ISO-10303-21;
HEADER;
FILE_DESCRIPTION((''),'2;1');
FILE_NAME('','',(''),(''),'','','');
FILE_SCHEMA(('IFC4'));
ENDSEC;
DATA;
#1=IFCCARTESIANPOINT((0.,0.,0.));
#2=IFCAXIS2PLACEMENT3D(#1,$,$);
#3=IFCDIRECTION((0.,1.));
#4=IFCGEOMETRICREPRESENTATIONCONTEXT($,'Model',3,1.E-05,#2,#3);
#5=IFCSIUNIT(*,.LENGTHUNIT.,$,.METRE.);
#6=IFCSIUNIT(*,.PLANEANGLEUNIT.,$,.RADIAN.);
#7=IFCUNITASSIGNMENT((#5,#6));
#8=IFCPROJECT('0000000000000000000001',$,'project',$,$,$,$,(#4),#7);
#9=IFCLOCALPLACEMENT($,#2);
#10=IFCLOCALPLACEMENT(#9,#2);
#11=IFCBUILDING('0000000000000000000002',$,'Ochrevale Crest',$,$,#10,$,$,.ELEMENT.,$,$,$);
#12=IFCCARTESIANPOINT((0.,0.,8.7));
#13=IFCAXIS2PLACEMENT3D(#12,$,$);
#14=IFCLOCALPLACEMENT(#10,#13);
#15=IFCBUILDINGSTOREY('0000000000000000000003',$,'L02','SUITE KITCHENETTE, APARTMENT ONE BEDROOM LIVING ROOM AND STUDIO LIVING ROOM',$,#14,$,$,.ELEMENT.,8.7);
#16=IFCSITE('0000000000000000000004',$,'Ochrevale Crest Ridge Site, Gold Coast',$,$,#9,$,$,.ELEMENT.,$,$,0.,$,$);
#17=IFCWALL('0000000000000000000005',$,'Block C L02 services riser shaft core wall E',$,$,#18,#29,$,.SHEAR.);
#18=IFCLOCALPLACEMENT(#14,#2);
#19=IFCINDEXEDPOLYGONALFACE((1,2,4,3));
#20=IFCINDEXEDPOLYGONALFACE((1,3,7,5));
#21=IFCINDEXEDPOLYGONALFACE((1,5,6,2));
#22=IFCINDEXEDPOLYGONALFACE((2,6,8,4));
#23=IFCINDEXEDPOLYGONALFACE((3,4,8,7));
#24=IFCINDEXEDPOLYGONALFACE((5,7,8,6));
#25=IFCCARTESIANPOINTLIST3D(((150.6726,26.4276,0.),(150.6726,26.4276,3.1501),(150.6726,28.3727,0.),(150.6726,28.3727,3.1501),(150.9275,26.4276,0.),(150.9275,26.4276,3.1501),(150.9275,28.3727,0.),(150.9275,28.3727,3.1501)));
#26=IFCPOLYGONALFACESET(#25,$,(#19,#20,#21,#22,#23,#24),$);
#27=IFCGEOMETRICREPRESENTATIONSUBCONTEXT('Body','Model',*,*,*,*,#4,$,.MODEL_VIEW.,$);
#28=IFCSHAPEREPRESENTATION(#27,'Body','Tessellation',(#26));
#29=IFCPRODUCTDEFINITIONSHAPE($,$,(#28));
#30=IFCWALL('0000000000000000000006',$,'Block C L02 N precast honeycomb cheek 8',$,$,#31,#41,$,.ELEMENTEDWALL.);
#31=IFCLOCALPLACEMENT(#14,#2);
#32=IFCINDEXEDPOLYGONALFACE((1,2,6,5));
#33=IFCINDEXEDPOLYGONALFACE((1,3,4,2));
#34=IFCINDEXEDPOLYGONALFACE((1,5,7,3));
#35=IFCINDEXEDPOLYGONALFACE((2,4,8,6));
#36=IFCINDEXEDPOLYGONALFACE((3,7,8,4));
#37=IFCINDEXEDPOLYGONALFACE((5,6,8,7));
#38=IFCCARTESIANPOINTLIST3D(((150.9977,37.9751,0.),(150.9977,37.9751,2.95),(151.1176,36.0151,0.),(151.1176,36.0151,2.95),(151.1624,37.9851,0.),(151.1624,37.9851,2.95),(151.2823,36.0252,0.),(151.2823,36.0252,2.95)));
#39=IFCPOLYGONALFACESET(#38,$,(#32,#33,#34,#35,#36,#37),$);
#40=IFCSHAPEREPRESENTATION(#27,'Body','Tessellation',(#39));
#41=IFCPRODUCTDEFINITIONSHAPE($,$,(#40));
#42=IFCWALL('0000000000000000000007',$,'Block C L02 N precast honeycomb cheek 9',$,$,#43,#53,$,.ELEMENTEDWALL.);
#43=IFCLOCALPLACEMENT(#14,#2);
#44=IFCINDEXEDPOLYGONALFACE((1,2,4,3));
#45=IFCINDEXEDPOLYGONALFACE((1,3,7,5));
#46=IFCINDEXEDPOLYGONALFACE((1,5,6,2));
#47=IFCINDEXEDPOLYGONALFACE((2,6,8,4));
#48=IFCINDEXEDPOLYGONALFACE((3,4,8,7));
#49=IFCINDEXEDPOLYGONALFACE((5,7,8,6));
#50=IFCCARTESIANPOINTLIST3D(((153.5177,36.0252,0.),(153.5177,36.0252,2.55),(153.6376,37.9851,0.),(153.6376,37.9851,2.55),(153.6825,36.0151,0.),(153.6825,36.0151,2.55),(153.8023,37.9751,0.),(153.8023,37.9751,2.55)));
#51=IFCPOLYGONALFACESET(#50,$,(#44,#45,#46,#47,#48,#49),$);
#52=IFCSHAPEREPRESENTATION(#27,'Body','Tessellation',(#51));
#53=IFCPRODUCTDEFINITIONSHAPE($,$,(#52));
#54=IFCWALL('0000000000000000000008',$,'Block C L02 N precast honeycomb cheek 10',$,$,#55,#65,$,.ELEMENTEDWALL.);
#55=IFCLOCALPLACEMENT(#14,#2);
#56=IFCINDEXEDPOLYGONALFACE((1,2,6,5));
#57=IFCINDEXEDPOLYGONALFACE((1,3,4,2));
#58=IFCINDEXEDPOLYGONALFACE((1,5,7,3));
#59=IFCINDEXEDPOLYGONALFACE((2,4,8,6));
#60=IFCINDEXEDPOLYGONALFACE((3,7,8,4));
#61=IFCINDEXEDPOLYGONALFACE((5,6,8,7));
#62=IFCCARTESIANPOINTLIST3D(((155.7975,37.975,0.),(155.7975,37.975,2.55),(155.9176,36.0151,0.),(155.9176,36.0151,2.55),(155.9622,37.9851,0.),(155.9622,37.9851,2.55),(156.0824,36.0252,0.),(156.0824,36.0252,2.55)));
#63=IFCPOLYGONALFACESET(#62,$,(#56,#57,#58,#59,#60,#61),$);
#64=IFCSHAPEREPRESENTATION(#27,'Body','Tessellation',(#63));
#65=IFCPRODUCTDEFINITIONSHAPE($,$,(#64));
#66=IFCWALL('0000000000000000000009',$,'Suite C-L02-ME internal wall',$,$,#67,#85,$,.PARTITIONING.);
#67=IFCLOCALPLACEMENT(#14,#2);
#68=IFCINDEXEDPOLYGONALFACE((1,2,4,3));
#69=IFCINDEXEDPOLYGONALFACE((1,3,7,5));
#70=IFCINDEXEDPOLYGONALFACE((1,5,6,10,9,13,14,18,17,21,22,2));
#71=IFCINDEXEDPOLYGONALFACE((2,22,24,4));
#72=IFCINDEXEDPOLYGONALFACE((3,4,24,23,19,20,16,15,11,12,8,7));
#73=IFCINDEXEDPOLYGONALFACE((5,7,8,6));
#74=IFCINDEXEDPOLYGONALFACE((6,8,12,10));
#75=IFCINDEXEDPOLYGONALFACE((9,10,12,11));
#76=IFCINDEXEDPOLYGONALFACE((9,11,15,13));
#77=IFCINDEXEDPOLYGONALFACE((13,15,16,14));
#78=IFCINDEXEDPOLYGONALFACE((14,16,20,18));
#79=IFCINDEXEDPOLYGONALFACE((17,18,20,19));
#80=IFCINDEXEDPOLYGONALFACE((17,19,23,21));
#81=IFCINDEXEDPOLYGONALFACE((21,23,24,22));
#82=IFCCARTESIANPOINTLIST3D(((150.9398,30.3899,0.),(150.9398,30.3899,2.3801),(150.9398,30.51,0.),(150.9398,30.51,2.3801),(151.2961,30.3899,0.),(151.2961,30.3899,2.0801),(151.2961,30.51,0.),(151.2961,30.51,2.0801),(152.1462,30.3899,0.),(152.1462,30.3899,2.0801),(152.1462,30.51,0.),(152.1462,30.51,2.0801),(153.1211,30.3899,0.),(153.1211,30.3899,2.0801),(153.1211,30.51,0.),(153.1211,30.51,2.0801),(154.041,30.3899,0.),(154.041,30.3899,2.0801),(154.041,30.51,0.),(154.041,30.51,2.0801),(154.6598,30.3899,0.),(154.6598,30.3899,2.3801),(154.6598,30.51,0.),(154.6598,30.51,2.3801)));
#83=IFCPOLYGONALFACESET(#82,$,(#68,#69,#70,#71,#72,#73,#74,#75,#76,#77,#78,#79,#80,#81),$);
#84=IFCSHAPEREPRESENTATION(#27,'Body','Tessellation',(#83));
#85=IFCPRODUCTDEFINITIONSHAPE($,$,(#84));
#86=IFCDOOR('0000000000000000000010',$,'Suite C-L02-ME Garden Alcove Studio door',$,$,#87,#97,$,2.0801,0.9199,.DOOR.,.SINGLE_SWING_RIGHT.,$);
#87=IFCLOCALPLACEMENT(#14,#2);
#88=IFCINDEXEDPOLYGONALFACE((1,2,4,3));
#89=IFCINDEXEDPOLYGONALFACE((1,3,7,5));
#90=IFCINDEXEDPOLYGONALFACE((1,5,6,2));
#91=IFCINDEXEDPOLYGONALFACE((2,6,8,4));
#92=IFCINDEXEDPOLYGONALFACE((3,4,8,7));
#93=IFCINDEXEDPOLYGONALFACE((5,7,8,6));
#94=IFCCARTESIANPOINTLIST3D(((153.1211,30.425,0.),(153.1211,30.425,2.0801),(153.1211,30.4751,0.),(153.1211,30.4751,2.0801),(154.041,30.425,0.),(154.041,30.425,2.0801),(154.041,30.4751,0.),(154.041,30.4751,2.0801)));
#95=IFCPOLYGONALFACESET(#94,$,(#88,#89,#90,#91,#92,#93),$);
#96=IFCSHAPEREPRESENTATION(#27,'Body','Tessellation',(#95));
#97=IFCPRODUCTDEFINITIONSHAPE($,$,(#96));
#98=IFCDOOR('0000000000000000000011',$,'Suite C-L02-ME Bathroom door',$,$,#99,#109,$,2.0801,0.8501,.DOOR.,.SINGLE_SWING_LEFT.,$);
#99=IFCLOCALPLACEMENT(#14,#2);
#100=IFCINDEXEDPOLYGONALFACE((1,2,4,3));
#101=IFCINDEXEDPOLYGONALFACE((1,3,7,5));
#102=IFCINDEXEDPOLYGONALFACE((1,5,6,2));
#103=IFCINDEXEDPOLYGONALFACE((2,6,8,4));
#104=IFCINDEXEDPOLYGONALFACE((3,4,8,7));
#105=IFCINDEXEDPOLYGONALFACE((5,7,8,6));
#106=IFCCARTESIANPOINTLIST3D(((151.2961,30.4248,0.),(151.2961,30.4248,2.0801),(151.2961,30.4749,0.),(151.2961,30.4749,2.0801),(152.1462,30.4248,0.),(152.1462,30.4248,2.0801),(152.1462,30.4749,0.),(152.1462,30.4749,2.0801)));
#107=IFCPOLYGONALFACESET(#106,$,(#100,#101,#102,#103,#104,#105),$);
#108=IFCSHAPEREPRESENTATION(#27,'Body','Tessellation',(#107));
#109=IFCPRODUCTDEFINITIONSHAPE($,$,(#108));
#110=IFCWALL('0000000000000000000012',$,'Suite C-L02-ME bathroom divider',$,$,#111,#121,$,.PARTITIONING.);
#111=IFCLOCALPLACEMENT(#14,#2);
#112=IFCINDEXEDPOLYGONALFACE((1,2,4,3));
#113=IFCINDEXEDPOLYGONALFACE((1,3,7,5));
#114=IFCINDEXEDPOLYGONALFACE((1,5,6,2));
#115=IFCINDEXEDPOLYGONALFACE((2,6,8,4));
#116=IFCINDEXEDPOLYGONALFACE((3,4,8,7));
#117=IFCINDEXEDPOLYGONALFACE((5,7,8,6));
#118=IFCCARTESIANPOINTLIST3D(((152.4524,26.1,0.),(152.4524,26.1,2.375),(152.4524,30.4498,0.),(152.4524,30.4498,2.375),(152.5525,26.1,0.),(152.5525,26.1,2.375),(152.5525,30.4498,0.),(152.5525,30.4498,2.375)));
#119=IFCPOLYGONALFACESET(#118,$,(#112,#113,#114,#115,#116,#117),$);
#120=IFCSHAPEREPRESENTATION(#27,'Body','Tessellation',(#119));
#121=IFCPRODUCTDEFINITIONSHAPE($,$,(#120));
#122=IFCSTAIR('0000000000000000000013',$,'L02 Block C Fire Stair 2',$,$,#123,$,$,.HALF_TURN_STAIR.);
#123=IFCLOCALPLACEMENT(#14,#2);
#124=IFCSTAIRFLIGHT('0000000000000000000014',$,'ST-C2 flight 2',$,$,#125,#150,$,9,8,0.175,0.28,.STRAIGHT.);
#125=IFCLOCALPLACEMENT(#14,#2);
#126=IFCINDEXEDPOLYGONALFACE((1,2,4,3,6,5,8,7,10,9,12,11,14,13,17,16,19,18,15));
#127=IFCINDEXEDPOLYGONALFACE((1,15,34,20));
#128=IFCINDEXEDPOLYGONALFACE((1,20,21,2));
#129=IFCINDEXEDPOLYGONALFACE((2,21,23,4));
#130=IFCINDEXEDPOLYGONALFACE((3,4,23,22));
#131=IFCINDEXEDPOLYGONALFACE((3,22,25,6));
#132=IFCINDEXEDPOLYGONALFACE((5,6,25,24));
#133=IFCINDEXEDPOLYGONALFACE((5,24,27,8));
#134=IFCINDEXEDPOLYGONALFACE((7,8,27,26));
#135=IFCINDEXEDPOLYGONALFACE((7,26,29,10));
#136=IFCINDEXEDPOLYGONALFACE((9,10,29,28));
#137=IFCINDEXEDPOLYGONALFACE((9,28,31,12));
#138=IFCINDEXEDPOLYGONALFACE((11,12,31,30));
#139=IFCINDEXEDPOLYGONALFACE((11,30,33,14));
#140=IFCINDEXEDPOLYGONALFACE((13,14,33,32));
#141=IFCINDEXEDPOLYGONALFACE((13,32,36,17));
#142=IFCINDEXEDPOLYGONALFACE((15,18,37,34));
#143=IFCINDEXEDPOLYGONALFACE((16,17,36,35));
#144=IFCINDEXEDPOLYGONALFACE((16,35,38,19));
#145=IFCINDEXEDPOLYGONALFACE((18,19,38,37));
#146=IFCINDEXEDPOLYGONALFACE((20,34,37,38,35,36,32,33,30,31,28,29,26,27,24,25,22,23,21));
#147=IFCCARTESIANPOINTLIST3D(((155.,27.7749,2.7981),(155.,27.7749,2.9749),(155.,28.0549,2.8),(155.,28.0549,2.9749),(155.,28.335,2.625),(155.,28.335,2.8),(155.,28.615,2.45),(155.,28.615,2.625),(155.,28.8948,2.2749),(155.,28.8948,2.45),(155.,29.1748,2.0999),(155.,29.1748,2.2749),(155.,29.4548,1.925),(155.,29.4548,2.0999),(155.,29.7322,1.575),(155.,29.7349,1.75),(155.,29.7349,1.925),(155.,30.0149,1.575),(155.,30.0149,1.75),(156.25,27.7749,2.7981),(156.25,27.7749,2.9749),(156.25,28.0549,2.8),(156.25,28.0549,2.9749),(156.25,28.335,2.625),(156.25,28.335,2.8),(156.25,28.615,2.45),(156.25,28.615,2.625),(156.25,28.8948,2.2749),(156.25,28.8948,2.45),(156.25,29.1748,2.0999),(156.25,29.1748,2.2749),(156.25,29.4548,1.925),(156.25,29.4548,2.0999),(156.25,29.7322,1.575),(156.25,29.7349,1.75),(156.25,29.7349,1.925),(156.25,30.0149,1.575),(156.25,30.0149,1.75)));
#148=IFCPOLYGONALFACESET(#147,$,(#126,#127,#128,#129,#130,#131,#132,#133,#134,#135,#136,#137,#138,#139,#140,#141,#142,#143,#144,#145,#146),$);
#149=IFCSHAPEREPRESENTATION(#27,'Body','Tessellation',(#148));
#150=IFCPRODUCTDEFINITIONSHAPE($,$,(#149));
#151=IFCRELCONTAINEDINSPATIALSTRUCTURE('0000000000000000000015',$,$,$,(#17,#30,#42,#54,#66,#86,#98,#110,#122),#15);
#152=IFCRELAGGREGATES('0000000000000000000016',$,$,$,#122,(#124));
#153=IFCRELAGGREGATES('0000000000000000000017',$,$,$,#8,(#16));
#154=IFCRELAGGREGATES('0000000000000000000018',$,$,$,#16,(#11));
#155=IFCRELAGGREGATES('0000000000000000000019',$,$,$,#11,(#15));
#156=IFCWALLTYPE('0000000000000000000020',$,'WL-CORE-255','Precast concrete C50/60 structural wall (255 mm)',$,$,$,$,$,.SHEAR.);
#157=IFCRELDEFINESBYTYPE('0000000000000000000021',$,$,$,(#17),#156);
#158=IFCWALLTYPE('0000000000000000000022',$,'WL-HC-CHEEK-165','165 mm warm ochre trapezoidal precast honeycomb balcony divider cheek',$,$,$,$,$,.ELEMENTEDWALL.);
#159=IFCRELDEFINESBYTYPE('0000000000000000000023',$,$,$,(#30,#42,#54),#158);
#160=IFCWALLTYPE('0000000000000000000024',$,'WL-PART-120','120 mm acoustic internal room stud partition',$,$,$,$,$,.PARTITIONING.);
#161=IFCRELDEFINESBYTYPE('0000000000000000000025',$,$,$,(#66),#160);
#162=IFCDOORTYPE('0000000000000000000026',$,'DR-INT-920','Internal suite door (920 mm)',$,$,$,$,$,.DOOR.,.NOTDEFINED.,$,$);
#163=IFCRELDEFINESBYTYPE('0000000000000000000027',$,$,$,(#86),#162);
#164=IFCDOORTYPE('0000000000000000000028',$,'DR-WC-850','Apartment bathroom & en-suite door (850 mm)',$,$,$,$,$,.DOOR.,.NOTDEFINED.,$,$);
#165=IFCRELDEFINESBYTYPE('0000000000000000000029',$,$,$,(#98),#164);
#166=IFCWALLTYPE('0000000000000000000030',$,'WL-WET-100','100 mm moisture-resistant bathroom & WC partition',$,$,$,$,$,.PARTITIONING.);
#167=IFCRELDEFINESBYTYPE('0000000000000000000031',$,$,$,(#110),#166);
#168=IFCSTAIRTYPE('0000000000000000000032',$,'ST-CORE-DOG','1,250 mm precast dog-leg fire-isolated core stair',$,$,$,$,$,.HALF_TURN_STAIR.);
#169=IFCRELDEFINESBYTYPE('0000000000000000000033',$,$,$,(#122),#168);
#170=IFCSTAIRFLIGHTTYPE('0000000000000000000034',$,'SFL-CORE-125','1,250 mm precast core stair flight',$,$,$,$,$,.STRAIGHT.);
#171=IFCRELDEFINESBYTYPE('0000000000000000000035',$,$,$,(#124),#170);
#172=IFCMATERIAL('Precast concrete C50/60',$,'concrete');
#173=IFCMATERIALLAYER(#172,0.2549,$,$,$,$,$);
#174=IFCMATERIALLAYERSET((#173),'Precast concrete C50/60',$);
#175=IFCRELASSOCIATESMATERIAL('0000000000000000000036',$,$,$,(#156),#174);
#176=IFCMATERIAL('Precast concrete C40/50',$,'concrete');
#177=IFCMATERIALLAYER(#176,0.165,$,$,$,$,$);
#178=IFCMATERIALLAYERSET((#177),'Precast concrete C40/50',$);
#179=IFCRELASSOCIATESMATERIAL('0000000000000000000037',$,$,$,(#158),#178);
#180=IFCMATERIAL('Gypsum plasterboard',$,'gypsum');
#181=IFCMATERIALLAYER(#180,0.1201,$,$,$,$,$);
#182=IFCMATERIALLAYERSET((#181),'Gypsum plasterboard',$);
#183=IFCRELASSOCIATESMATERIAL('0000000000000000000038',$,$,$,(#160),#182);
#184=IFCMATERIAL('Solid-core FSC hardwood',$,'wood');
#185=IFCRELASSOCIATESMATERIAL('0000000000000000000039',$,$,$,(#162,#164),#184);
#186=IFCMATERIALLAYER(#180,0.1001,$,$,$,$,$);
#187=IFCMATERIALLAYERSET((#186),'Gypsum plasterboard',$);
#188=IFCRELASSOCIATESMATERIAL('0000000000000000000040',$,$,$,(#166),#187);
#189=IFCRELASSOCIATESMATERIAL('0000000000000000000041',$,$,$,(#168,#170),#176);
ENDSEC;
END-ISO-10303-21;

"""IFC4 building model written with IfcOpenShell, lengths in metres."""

from ifc_helpers import new_model, si_unit, direction, frame, frame_2d, origin, place, context, subcontext, project, spatial, polyline, rectangle, outline, extrude, material, layer, layer_set, type_object, element, fill, aggregate, save


model = new_model("IFC4")

# Units and contexts
model_context = context("Model", 3, precision=1e-05, world=origin(), true_north=direction((0.0, 1.0)))
body_context = subcontext(model_context, "Body", "Model", "MODEL_VIEW")
ifc_project = project(units=[si_unit("LENGTHUNIT", "METRE"), si_unit("PLANEANGLEUNIT", "RADIAN")], contexts=[model_context])

# Site, building, storey
site_placement = place(None, origin())
site = spatial("IfcSite", under=ifc_project, at=site_placement, Name="Ochrevale Crest Ridge Site, Gold Coast", CompositionType="ELEMENT", RefElevation=0.0)
building_placement = place(site_placement, origin())
building = spatial("IfcBuilding", under=site, at=building_placement, Name="Ochrevale Crest", CompositionType="ELEMENT")
storey_placement = place(building_placement, frame((0.0, 0.0, 8.7)))
storey = spatial("IfcBuildingStorey", under=building, at=storey_placement, Name="L02", Description="SUITE KITCHENETTE, APARTMENT ONE BEDROOM LIVING ROOM AND STUDIO LIVING ROOM", CompositionType="ELEMENT", Elevation=8.7)

# Shared definitions
ifc_material_1 = material(Name="Precast concrete C50/60", Category="concrete")

# Shared definitions
ifc_material_2 = material(Name="Precast concrete C40/50", Category="concrete")

# Shared definitions
ifc_material_3 = material(Name="Gypsum plasterboard", Category="gypsum")
ifc_material_4 = material(Name="Solid-core FSC hardwood", Category="wood")
ifc_layer_1 = layer(ifc_material_1, 0.2549)
ifc_layer_set_1 = layer_set([ifc_layer_1], Name="Precast concrete C50/60")
wall_type_1 = type_object("IfcWallType", Name="WL-CORE-255", Description="Precast concrete C50/60 structural wall (255 mm)", PredefinedType="SHEAR", material=ifc_layer_set_1)

# Walls
wall_1_placement = place(storey_placement, frame((150.8, 26.4275, 0.0), z_axis=(0.0, 0.0, 1.0), x_axis=(0.0, 1.0, 0.0)))
element("IfcWall", 1, at=wall_1_placement, inside=storey, type_object=wall_type_1, Name="Block C L02 services riser shaft core wall E", PredefinedType="SHEAR", context=body_context, shape_type="SweptSolid", body=[
    extrude(rectangle(XDim=1.9451, YDim=0.2549, at=frame_2d((0.9727, 0.0))), origin(), (0.0, 0.0, 1.0), 3.1501),
])
ifc_layer_2 = layer(ifc_material_2, 0.165)
ifc_layer_set_2 = layer_set([ifc_layer_2], Name="Precast concrete C40/50")
wall_type_2 = type_object("IfcWallType", Name="WL-HC-CHEEK-165", Description="165 mm warm ochre trapezoidal precast honeycomb balcony divider cheek", PredefinedType="ELEMENTEDWALL", material=ifc_layer_set_2)
wall_2_placement = place(storey_placement, frame((151.2, 36.02, 0.0), z_axis=(0.0, 0.0, 1.0), x_axis=(-0.061047, 0.998135, 0.0)))
element("IfcWall", 2, at=wall_2_placement, inside=storey, type_object=wall_type_2, Name="Block C L02 N precast honeycomb cheek 8", PredefinedType="ELEMENTEDWALL", context=body_context, shape_type="SweptSolid", body=[
    extrude(rectangle(XDim=1.9636, YDim=0.165, at=frame_2d((0.9819, 0.0))), origin(), (0.0, 0.0, 1.0), 2.95),
])
for number, where, z_axis, x_axis, name in (
    (3, (153.6001, 36.02, 0.0), (0.0, 0.0, 1.0), (0.061047, 0.998135, 0.0), "Block C L02 N precast honeycomb cheek 9"),
    (4, (156.0, 36.02, 0.0), (0.0, 0.0, 1.0), (-0.061171, 0.998127, 0.0), "Block C L02 N precast honeycomb cheek 10"),
):
    element("IfcWall", number, at=place(storey_placement, frame(where, z_axis=z_axis, x_axis=x_axis)), inside=storey, type_object=wall_type_2, Name=name, PredefinedType="ELEMENTEDWALL", context=body_context, shape_type="SweptSolid", body=[
        extrude(rectangle(XDim=1.9636, YDim=0.165, at=frame_2d((0.9819, 0.0))), origin(), (0.0, 0.0, 1.0), 2.55),
    ])

# Wall, openings, doors
ifc_layer_3 = layer(ifc_material_3, 0.1201)
ifc_layer_set_3 = layer_set([ifc_layer_3], Name="Gypsum plasterboard")
wall_type_3 = type_object("IfcWallType", Name="WL-PART-120", Description="120 mm acoustic internal room stud partition", PredefinedType="PARTITIONING", material=ifc_layer_set_3)
wall_3_placement = place(storey_placement, frame((150.9399, 30.45, 0.0), z_axis=(0.0, 0.0, 1.0), x_axis=(1.0, 0.0, 0.0)))
wall_3 = element("IfcWall", 5, at=wall_3_placement, inside=storey, type_object=wall_type_3, Name="Suite C-L02-ME internal wall", PredefinedType="PARTITIONING", context=body_context, shape_type="SweptSolid", body=[
    extrude(rectangle(XDim=3.72, YDim=0.1201, at=frame_2d((1.8599, 0.0))), origin(), (0.0, 0.0, 1.0), 2.3801),
])
opening_1_placement = place(wall_3_placement, frame((0.3562, 0.0, 0.0)))
opening_1 = element("IfcOpeningElement", 6, at=opening_1_placement, cuts=wall_3, PredefinedType="OPENING", context=body_context, shape_type="SweptSolid", body=[
    extrude(rectangle(XDim=0.8501, YDim=2.0801, at=frame_2d((0.425, 1.04))), frame((0.0, 0.0701, 0.0), z_axis=(0.0, -1.0, 0.0), x_axis=(1.0, 0.0, 0.0)), (0.0, 0.0, 1.0), 0.1401),
])
opening_2_placement = place(wall_3_placement, frame((3.1011, 0.0, 0.0), z_axis=(0.0, 0.0, 1.0), x_axis=(-1.0, 0.0, 0.0)))
opening_2 = element("IfcOpeningElement", 7, at=opening_2_placement, cuts=wall_3, PredefinedType="OPENING", context=body_context, shape_type="SweptSolid", body=[
    extrude(rectangle(XDim=0.9199, YDim=2.0801, at=frame_2d((0.46, 1.04))), frame((0.0, 0.0701, 0.0), z_axis=(0.0, -1.0, 0.0), x_axis=(1.0, 0.0, 0.0)), (0.0, 0.0, 1.0), 0.1401),
])
door_type_1 = type_object("IfcDoorType", Name="DR-INT-920", Description="Internal suite door (920 mm)", OperationType="NOTDEFINED", PredefinedType="DOOR", material=ifc_material_4)
door_1_placement = place(opening_2_placement, origin())
door_1 = element("IfcDoor", 8, at=door_1_placement, inside=storey, type_object=door_type_1, Name="Suite C-L02-ME Garden Alcove Studio door", OperationType="SINGLE_SWING_RIGHT", OverallHeight=2.0801, OverallWidth=0.9199, PredefinedType="DOOR", context=body_context, shape_type="SweptSolid", body=[
    extrude(rectangle(XDim=0.9199, YDim=2.0801, at=frame_2d((0.46, 1.04))), frame((0.0, 0.0249, 0.0), z_axis=(0.0, -1.0, 0.0), x_axis=(1.0, 0.0, 0.0)), (0.0, 0.0, 1.0), 0.05),
])
fill(opening_2, door_1)
door_type_2 = type_object("IfcDoorType", Name="DR-WC-850", Description="Apartment bathroom & en-suite door (850 mm)", OperationType="NOTDEFINED", PredefinedType="DOOR", material=ifc_material_4)
door_2_placement = place(opening_1_placement, origin())
door_2 = element("IfcDoor", 9, at=door_2_placement, inside=storey, type_object=door_type_2, Name="Suite C-L02-ME Bathroom door", OperationType="SINGLE_SWING_LEFT", OverallHeight=2.0801, OverallWidth=0.8501, PredefinedType="DOOR", context=body_context, shape_type="SweptSolid", body=[
    extrude(rectangle(XDim=0.8501, YDim=2.0801, at=frame_2d((0.425, 1.04))), frame((0.0, 0.0249, 0.0), z_axis=(0.0, -1.0, 0.0), x_axis=(1.0, 0.0, 0.0)), (0.0, 0.0, 1.0), 0.05),
])
fill(opening_1, door_2)

# Wall
ifc_layer_4 = layer(ifc_material_3, 0.1001)
ifc_layer_set_4 = layer_set([ifc_layer_4], Name="Gypsum plasterboard")
wall_type_4 = type_object("IfcWallType", Name="WL-WET-100", Description="100 mm moisture-resistant bathroom & WC partition", PredefinedType="PARTITIONING", material=ifc_layer_set_4)
wall_4_placement = place(storey_placement, frame((152.5024, 26.1001, 0.0), z_axis=(0.0, 0.0, 1.0), x_axis=(0.0, 1.0, 0.0)))
element("IfcWall", 10, at=wall_4_placement, inside=storey, type_object=wall_type_4, Name="Suite C-L02-ME bathroom divider", PredefinedType="PARTITIONING", context=body_context, shape_type="SweptSolid", body=[
    extrude(rectangle(XDim=4.3499, YDim=0.1001, at=frame_2d((2.1748, 0.0))), origin(), (0.0, 0.0, 1.0), 2.375),
])

# Stair, stair flight
stair_type = type_object("IfcStairType", Name="ST-CORE-DOG", Description="1,250 mm precast dog-leg fire-isolated core stair", PredefinedType="HALF_TURN_STAIR", material=ifc_material_2)
stair_placement = place(storey_placement, origin())
stair = element("IfcStair", 11, at=stair_placement, inside=storey, type_object=stair_type, Name="L02 Block C Fire Stair 2", PredefinedType="HALF_TURN_STAIR")
stair_flight_type = type_object("IfcStairFlightType", Name="SFL-CORE-125", Description="1,250 mm precast core stair flight", PredefinedType="STRAIGHT", material=ifc_material_2)
stair_flight_placement = place(storey_placement, frame((155.625, 30.0149, 1.575), z_axis=(0.0, 0.0, 1.0), x_axis=(0.0, -1.0, 0.0)))
stair_flight = element("IfcStairFlight", 12, at=stair_flight_placement, type_object=stair_flight_type, Name="ST-C2 flight 2", NumberOfRisers=9, NumberOfTreads=8, PredefinedType="STRAIGHT", RiserHeight=0.175, TreadLength=0.28, context=body_context, shape_type="SweptSolid", body=[
    extrude(outline(polyline([(0.0, 0.0), (0.0, 0.175), (0.28, 0.175), (0.28, 0.3501), (0.5601, 0.3501), (0.5601, 0.5249), (0.8401, 0.5249), (0.8401, 0.7), (1.1201, 0.7), (1.1201, 0.875), (1.3999, 0.875), (1.3999, 1.05), (1.6799, 1.05), (1.6799, 1.2251), (1.96, 1.2251), (1.96, 1.3999), (2.24, 1.3999), (2.24, 1.575), (2.24, 1.2231), (0.2827, 0.0), (0.0, 0.0)])), frame((0.0, 0.625, 0.0), z_axis=(0.0, -1.0, 0.0), x_axis=(1.0, 0.0, 0.0)), (0.0, 0.0, 1.0), 1.25),
])
aggregate(stair, [stair_flight])

save(model, "model.ifc")
